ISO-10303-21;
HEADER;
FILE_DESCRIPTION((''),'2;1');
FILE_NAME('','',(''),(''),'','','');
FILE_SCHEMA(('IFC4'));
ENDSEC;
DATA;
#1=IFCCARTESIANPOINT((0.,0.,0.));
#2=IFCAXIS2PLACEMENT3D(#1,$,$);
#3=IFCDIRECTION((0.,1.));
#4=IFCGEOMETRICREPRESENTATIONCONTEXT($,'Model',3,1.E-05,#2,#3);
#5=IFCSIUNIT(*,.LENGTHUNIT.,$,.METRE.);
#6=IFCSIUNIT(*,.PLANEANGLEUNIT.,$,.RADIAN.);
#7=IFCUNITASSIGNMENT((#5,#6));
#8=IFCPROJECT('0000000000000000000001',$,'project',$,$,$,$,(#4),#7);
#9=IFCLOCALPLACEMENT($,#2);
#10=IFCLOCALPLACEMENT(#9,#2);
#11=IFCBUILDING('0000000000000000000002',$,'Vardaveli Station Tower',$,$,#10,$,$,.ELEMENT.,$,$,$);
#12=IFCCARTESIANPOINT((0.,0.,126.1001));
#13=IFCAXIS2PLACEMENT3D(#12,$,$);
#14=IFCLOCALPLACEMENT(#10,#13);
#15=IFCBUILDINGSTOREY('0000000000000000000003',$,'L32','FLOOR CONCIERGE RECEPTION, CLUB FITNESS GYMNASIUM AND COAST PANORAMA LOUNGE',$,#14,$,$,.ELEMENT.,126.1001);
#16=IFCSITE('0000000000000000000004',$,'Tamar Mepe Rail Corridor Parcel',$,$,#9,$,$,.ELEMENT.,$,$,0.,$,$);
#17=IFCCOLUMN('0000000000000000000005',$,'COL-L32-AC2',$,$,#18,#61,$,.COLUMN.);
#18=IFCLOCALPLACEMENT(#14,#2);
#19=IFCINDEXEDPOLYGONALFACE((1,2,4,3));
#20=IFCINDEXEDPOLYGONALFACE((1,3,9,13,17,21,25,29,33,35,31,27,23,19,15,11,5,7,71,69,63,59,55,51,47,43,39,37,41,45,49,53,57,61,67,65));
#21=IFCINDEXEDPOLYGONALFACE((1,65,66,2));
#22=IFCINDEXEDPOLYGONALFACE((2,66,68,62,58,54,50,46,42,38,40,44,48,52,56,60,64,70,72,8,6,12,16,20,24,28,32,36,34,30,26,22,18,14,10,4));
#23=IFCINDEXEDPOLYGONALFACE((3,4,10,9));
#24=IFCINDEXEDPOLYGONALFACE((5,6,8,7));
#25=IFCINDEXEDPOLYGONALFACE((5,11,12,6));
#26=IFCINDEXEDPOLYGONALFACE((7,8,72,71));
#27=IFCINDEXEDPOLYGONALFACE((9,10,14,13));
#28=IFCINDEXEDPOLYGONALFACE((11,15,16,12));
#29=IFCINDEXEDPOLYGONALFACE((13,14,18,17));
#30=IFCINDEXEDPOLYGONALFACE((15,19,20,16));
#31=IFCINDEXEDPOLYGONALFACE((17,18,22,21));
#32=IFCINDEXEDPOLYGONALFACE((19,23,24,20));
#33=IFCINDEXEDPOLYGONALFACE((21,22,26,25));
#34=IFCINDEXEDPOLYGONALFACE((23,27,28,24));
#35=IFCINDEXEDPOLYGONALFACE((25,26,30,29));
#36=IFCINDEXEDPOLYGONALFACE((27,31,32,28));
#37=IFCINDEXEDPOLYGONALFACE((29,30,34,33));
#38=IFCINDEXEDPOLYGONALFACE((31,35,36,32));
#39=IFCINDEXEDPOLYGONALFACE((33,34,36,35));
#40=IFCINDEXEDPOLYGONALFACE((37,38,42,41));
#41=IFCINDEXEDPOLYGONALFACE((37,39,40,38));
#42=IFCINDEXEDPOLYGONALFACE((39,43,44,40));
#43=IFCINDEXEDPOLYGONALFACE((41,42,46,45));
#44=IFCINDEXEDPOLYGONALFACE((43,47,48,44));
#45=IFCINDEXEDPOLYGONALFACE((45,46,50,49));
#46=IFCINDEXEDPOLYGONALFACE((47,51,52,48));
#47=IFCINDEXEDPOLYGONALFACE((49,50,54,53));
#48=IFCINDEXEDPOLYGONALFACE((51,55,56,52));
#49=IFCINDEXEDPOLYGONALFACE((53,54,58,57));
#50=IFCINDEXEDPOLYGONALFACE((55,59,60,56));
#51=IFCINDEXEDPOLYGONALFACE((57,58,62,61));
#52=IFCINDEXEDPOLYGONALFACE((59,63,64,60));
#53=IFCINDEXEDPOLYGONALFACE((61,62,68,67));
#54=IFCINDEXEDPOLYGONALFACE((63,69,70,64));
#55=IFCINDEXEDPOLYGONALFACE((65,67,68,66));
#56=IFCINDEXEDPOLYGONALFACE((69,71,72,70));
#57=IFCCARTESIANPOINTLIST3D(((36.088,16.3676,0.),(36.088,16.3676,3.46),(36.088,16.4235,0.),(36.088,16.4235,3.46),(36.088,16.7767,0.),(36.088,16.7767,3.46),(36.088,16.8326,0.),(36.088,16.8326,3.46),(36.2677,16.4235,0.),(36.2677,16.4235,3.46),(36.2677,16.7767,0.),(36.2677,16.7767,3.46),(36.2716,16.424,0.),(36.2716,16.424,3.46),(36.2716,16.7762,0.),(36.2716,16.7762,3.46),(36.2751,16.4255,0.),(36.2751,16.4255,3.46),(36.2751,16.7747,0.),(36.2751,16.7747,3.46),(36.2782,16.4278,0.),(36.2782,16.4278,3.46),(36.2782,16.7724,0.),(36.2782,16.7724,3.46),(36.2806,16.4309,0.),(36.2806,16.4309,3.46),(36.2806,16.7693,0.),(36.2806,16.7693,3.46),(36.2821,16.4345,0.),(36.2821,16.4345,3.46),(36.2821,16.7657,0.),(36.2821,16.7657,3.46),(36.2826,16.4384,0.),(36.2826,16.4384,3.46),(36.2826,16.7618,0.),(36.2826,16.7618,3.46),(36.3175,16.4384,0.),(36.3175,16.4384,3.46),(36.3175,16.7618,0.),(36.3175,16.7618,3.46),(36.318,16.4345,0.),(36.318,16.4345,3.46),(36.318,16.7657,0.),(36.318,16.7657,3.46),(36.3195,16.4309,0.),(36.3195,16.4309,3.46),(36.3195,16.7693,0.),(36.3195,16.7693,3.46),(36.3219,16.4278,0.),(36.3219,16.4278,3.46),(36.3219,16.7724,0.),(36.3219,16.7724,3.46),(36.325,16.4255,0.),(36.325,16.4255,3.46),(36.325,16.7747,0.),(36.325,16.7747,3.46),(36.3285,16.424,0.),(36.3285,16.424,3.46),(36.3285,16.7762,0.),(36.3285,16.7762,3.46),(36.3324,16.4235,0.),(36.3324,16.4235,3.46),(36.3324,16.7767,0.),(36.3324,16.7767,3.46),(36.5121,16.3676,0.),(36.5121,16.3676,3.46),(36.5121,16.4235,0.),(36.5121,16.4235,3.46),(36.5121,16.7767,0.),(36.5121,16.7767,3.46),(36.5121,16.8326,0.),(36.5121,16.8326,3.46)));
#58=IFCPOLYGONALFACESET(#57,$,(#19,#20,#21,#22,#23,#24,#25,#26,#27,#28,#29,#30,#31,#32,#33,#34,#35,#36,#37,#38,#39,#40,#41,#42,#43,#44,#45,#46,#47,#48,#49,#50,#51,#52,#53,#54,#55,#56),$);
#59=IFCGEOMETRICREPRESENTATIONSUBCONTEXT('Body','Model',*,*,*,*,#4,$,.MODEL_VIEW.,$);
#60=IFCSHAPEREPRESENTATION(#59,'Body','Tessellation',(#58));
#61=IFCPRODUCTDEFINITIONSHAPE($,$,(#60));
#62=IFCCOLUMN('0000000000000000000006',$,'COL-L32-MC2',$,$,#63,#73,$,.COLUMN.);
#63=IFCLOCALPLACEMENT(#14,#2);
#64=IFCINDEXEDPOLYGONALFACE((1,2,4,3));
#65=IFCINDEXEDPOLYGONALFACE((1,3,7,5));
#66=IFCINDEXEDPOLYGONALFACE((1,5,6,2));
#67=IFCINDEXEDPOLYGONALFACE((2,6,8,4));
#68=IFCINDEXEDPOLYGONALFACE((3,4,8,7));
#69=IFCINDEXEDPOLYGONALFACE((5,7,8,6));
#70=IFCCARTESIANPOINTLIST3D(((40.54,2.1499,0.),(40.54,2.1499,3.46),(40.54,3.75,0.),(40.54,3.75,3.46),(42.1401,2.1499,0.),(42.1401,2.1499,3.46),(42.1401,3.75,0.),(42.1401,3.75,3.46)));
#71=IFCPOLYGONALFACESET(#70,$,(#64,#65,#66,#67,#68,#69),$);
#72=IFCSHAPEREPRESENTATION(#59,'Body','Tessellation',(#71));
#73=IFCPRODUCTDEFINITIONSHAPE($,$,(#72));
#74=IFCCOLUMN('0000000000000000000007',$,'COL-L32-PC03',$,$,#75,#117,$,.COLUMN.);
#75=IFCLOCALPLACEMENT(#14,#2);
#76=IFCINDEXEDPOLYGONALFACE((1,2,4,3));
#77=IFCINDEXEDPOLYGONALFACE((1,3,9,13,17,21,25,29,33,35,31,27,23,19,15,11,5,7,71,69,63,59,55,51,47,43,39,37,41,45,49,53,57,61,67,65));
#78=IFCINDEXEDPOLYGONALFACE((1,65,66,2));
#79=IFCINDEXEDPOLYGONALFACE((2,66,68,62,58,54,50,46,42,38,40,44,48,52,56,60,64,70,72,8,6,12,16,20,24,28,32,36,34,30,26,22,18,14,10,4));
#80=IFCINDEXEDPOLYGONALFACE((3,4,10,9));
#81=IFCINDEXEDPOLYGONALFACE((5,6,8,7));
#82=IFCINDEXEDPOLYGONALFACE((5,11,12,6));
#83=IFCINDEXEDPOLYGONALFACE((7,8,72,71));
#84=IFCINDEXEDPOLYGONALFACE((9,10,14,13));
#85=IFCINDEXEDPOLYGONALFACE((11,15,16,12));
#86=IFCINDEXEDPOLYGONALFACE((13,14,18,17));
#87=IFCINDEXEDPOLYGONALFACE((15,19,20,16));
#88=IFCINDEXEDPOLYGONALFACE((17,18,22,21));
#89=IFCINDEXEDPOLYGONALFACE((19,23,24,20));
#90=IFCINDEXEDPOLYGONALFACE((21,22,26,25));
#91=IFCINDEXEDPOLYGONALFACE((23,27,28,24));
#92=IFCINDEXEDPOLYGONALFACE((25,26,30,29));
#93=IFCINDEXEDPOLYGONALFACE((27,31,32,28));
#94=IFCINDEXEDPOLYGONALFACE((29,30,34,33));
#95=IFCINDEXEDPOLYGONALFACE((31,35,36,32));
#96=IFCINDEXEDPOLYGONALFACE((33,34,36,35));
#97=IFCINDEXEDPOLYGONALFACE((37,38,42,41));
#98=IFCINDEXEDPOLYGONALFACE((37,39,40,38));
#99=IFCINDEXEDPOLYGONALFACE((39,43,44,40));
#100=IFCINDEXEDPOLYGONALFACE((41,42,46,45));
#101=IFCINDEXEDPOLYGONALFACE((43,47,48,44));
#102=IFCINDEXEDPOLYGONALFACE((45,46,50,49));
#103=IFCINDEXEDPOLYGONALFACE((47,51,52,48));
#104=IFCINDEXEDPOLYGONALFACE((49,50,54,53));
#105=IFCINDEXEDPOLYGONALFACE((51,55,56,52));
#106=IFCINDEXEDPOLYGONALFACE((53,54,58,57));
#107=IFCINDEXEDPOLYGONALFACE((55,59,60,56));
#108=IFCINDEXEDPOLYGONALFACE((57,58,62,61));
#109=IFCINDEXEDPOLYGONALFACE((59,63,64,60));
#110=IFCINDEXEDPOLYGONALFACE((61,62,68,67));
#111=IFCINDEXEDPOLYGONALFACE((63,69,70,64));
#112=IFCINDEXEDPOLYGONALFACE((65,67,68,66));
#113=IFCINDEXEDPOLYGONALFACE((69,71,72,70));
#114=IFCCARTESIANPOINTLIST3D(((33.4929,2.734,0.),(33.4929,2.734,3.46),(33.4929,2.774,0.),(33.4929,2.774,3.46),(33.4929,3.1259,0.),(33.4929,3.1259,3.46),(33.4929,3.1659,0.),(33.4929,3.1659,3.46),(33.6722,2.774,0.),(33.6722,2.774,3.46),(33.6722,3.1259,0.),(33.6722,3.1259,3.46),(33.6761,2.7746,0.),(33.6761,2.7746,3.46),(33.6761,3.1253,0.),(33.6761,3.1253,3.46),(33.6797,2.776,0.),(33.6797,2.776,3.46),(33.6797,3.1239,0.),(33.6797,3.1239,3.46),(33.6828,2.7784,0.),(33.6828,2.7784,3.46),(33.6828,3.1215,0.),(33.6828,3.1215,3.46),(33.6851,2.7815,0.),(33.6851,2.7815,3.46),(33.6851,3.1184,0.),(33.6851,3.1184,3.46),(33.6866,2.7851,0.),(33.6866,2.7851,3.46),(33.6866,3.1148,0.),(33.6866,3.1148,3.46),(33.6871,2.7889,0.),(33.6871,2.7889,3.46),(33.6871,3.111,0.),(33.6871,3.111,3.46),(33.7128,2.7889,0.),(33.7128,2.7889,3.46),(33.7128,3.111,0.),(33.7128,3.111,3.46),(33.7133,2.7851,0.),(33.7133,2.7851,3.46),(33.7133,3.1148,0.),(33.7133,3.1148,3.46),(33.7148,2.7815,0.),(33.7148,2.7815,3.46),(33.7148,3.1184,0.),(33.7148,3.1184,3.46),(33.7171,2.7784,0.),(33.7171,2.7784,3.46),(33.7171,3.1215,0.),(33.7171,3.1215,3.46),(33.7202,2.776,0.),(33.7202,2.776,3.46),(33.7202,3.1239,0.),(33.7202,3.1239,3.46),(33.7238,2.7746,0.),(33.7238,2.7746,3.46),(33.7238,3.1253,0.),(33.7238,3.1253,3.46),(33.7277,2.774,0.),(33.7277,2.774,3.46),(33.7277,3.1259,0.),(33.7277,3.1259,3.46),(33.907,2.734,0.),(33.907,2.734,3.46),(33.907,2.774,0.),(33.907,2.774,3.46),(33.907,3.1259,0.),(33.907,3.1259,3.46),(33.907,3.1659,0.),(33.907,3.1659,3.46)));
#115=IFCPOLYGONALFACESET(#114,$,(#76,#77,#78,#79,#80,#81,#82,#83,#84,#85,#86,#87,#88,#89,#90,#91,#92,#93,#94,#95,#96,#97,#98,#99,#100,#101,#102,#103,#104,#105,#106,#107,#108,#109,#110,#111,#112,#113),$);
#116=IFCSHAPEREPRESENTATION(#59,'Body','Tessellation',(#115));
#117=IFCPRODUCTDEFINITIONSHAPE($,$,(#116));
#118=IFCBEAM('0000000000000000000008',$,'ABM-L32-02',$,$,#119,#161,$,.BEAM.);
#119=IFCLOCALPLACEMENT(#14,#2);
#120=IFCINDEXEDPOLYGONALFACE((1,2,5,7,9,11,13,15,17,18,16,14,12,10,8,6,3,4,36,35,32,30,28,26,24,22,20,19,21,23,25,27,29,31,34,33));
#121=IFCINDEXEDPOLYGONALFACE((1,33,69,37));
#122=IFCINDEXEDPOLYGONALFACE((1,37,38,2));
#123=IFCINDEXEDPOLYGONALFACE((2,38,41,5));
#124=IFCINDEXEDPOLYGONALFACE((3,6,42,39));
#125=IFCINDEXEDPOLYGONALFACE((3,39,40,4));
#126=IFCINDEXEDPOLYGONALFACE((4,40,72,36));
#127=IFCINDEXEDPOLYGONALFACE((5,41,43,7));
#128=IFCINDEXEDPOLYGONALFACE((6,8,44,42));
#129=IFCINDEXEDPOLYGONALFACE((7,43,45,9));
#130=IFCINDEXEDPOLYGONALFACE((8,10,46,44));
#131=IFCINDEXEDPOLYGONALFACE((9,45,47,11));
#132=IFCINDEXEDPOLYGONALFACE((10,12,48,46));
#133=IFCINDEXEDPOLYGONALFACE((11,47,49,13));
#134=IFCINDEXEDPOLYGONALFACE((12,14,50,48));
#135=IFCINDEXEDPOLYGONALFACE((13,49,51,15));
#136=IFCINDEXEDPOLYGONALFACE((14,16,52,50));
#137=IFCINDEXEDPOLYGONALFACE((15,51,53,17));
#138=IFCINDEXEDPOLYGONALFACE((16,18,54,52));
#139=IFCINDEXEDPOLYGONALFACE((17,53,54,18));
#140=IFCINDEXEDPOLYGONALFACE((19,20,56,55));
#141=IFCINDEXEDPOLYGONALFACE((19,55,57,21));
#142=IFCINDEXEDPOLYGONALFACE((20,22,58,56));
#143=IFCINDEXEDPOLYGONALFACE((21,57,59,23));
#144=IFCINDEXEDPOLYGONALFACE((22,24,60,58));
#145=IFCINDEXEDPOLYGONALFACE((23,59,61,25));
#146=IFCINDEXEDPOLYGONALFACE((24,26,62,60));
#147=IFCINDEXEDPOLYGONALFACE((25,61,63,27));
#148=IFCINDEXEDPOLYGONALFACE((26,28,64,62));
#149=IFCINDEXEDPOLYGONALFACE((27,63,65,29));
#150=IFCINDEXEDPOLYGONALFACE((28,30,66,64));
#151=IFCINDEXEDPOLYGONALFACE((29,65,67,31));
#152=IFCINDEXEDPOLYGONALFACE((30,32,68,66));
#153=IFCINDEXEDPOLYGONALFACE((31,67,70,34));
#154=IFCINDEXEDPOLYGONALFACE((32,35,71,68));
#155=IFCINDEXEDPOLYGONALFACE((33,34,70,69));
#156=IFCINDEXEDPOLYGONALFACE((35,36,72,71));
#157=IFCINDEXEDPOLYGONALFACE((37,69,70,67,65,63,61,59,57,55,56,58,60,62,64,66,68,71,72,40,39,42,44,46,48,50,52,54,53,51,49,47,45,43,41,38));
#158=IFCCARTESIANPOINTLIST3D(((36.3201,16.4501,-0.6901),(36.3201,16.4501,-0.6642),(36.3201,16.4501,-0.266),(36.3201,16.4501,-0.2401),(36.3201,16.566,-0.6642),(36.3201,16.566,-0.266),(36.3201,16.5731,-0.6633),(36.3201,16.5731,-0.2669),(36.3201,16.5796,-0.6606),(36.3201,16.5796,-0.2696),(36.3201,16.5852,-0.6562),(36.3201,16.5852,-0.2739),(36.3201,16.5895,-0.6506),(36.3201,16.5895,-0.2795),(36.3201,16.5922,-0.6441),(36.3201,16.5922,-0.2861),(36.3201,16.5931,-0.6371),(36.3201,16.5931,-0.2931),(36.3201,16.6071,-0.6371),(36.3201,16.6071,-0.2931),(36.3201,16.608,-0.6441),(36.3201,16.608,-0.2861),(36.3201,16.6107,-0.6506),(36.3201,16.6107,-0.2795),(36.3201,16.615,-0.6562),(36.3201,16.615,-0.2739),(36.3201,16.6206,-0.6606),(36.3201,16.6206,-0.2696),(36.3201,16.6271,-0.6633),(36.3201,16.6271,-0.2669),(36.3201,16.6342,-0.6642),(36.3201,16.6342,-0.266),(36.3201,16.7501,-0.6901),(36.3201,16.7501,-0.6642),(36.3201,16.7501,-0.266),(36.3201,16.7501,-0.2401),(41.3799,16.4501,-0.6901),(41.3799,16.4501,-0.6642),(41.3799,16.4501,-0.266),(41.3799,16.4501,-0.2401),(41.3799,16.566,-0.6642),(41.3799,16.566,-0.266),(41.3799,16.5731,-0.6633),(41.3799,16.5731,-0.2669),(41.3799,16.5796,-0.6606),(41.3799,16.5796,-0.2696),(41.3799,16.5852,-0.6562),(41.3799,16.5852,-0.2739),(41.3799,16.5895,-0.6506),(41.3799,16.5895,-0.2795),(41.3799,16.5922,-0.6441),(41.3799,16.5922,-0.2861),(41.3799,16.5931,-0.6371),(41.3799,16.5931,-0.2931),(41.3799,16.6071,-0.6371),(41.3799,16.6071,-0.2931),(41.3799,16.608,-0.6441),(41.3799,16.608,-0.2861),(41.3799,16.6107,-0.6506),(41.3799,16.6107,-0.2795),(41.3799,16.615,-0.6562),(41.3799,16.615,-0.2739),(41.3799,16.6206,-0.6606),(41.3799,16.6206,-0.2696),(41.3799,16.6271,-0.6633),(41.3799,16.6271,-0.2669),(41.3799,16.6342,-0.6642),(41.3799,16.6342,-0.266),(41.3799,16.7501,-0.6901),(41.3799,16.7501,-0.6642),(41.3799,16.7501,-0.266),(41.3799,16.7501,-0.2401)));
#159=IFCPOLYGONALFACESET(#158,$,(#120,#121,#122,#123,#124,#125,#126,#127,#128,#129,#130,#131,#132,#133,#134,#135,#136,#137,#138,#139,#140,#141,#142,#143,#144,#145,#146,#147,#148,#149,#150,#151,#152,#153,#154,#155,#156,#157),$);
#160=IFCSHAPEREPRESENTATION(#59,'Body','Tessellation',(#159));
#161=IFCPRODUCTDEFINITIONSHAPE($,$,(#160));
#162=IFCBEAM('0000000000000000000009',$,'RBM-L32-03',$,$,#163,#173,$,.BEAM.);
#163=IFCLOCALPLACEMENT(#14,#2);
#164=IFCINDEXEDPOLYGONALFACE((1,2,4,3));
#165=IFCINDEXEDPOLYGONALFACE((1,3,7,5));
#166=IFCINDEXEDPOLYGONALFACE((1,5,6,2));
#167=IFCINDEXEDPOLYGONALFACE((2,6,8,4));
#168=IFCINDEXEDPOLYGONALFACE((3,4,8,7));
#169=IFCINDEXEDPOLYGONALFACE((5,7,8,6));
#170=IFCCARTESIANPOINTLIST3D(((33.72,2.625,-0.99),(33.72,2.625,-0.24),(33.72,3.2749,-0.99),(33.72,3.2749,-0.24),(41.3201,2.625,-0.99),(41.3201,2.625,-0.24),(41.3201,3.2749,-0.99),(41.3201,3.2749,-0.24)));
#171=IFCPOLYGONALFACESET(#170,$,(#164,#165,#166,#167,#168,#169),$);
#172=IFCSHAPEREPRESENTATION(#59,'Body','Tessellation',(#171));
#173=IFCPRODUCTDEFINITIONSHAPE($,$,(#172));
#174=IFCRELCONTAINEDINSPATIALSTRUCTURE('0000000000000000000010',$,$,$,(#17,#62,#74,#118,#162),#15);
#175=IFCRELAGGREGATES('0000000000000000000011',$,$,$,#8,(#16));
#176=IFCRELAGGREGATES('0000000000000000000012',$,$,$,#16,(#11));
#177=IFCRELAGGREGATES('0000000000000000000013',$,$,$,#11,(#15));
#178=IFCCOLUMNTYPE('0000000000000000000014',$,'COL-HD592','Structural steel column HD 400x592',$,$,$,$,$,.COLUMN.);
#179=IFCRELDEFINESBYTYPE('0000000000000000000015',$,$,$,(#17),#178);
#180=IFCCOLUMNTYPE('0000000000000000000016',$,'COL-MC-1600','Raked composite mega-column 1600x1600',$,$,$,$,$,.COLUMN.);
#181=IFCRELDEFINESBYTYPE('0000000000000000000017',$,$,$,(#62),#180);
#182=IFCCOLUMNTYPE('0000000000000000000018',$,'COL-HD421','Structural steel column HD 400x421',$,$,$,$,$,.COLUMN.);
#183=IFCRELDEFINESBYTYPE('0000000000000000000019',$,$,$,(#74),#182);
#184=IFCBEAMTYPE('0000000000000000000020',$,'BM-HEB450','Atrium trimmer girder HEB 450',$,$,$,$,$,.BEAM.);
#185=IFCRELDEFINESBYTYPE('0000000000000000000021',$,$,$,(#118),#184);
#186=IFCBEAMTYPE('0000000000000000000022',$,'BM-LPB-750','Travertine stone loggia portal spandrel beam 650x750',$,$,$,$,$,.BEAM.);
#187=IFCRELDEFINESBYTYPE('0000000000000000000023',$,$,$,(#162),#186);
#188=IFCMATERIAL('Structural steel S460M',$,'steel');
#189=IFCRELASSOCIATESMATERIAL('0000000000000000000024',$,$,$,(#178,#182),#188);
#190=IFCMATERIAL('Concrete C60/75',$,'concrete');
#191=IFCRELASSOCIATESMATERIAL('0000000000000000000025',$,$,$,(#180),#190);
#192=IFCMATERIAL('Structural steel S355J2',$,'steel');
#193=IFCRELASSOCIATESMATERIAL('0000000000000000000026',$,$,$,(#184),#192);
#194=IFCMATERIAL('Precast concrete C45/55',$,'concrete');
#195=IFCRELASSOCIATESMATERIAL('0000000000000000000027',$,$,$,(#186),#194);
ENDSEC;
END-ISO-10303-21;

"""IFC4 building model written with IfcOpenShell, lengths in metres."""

from ifc_helpers import new_model, si_unit, direction, frame, origin, origin_2d, place, context, subcontext, project, spatial, rectangle, i_section, extrude, source, transform, mapped, material, material_profile, profile_set, type_object, element, save


model = new_model("IFC4")

# Units and contexts
model_context = context("Model", 3, precision=1e-05, world=origin(), true_north=direction((0.0, 1.0)))
body_context = subcontext(model_context, "Body", "Model", "MODEL_VIEW")
ifc_project = project(units=[si_unit("LENGTHUNIT", "METRE"), si_unit("PLANEANGLEUNIT", "RADIAN")], contexts=[model_context])

# Site, building, storey
site_placement = place(None, origin())
site = spatial("IfcSite", under=ifc_project, at=site_placement, Name="Tamar Mepe Rail Corridor Parcel", CompositionType="ELEMENT", RefElevation=0.0)
building_placement = place(site_placement, origin())
building = spatial("IfcBuilding", under=site, at=building_placement, Name="Vardaveli Station Tower", CompositionType="ELEMENT")
storey_placement = place(building_placement, frame((0.0, 0.0, 126.1001)))
storey = spatial("IfcBuildingStorey", under=building, at=storey_placement, Name="L32", Description="FLOOR CONCIERGE RECEPTION, CLUB FITNESS GYMNASIUM AND COAST PANORAMA LOUNGE", CompositionType="ELEMENT", Elevation=126.1001)

# Columns
ifc_material_1 = material(Name="Structural steel S460M", Category="steel")
ifc_material_profile_1 = material_profile(ifc_material_1, i_section(OverallWidth=0.4241, OverallDepth=0.4651, WebThickness=0.0349, FlangeThickness=0.0559, FilletRadius=0.0149, at=origin_2d()), Name="HD 400x592")
ifc_profile_set_1 = profile_set([ifc_material_profile_1], Name="Structural steel S460M")
column_type_1 = type_object("IfcColumnType", Name="COL-HD592", Description="Structural steel column HD 400x592", PredefinedType="COLUMN", material=ifc_profile_set_1)
shared_shape_1 = source(origin(), body_context, "Body", "SweptSolid", [
    extrude(i_section(OverallWidth=0.4241, OverallDepth=0.4651, WebThickness=0.0349, FlangeThickness=0.0559, FilletRadius=0.0149, at=origin_2d()), origin(), (0.0, 0.0, 1.0), 3.46),
])
column_1_placement = place(storey_placement, frame((36.3, 16.6001, 0.0), z_axis=(0.0, 0.0, 1.0), x_axis=(1.0, 0.0, 0.0)))
element("IfcColumn", 1, at=column_1_placement, inside=storey, type_object=column_type_1, Name="COL-L32-AC2", PredefinedType="COLUMN", context=body_context, shape_type="MappedRepresentation", body=[
    mapped(shared_shape_1, transform((0.0, 0.0, 0.0), scale=1.0)),
])
ifc_material_2 = material(Name="Concrete C60/75", Category="concrete")
ifc_material_profile_2 = material_profile(ifc_material_2, rectangle(XDim=1.6001, YDim=1.6001, at=origin_2d()), Name="MC 1600x1600")
ifc_profile_set_2 = profile_set([ifc_material_profile_2], Name="Concrete C60/75")
column_type_2 = type_object("IfcColumnType", Name="COL-MC-1600", Description="Raked composite mega-column 1600x1600", PredefinedType="COLUMN", material=ifc_profile_set_2)
shared_shape_2 = source(origin(), body_context, "Body", "SweptSolid", [
    extrude(rectangle(XDim=1.6001, YDim=1.6001, at=origin_2d()), origin(), (0.0, 0.0, 1.0), 3.46),
])
column_2_placement = place(storey_placement, frame((41.3401, 2.95, 0.0), z_axis=(0.0, 0.0, 1.0), x_axis=(1.0, 0.0, 0.0)))
element("IfcColumn", 2, at=column_2_placement, inside=storey, type_object=column_type_2, Name="COL-L32-MC2", PredefinedType="COLUMN", context=body_context, shape_type="MappedRepresentation", body=[
    mapped(shared_shape_2, transform((0.0, 0.0, 0.0), scale=1.0)),
])
ifc_material_profile_3 = material_profile(ifc_material_1, i_section(OverallWidth=0.4141, OverallDepth=0.4319, WebThickness=0.0256, FlangeThickness=0.04, FilletRadius=0.0149, at=origin_2d()), Name="HD 400x421")
ifc_profile_set_3 = profile_set([ifc_material_profile_3], Name="Structural steel S460M")
column_type_3 = type_object("IfcColumnType", Name="COL-HD421", Description="Structural steel column HD 400x421", PredefinedType="COLUMN", material=ifc_profile_set_3)
shared_shape_3 = source(origin(), body_context, "Body", "SweptSolid", [
    extrude(i_section(OverallWidth=0.4141, OverallDepth=0.4319, WebThickness=0.0256, FlangeThickness=0.04, FilletRadius=0.0149, at=origin_2d()), origin(), (0.0, 0.0, 1.0), 3.46),
])
column_3_placement = place(storey_placement, frame((33.7, 2.95, 0.0), z_axis=(0.0, 0.0, 1.0), x_axis=(1.0, 0.0, 0.0)))
element("IfcColumn", 3, at=column_3_placement, inside=storey, type_object=column_type_3, Name="COL-L32-PC03", PredefinedType="COLUMN", context=body_context, shape_type="MappedRepresentation", body=[
    mapped(shared_shape_3, transform((0.0, 0.0, 0.0), scale=1.0)),
])

# Beams
ifc_material_3 = material(Name="Structural steel S355J2", Category="steel")
ifc_material_profile_4 = material_profile(ifc_material_3, i_section(OverallWidth=0.3, OverallDepth=0.45, WebThickness=0.0139, FlangeThickness=0.0259, FilletRadius=0.0271, at=origin_2d()), Name="HEB 450")
ifc_profile_set_4 = profile_set([ifc_material_profile_4], Name="Structural steel S355J2")
beam_type_1 = type_object("IfcBeamType", Name="BM-HEB450", Description="Atrium trimmer girder HEB 450", PredefinedType="BEAM", material=ifc_profile_set_4)
shared_shape_4 = source(origin(), body_context, "Body", "SweptSolid", [
    extrude(i_section(OverallWidth=0.3, OverallDepth=0.45, WebThickness=0.0139, FlangeThickness=0.0259, FilletRadius=0.0271, at=origin_2d()), origin(), (0.0, 0.0, 1.0), 5.0598),
])
beam_1_placement = place(storey_placement, frame((36.3201, 16.6001, -0.4651), z_axis=(1.0, 0.0, 0.0), x_axis=(0.0, 1.0, 0.0)))
element("IfcBeam", 4, at=beam_1_placement, inside=storey, type_object=beam_type_1, Name="ABM-L32-02", PredefinedType="BEAM", context=body_context, shape_type="MappedRepresentation", body=[
    mapped(shared_shape_4, transform((0.0, 0.0, 0.0), scale=1.0)),
])
ifc_material_4 = material(Name="Precast concrete C45/55", Category="concrete")
ifc_material_profile_5 = material_profile(ifc_material_4, rectangle(XDim=0.6499, YDim=0.75, at=origin_2d()), Name="LPB 650x750")
ifc_profile_set_5 = profile_set([ifc_material_profile_5], Name="Precast concrete C45/55")
beam_type_2 = type_object("IfcBeamType", Name="BM-LPB-750", Description="Travertine stone loggia portal spandrel beam 650x750", PredefinedType="BEAM", material=ifc_profile_set_5)
shared_shape_5 = source(origin(), body_context, "Body", "SweptSolid", [
    extrude(rectangle(XDim=0.6499, YDim=0.75, at=origin_2d()), origin(), (0.0, 0.0, 1.0), 7.6001),
])
beam_2_placement = place(storey_placement, frame((33.72, 2.95, -0.615), z_axis=(1.0, 0.0, 0.0), x_axis=(0.0, 1.0, 0.0)))
element("IfcBeam", 5, at=beam_2_placement, inside=storey, type_object=beam_type_2, Name="RBM-L32-03", PredefinedType="BEAM", context=body_context, shape_type="MappedRepresentation", body=[
    mapped(shared_shape_5, transform((0.0, 0.0, 0.0), scale=1.0)),
])

save(model, "model.ifc")
